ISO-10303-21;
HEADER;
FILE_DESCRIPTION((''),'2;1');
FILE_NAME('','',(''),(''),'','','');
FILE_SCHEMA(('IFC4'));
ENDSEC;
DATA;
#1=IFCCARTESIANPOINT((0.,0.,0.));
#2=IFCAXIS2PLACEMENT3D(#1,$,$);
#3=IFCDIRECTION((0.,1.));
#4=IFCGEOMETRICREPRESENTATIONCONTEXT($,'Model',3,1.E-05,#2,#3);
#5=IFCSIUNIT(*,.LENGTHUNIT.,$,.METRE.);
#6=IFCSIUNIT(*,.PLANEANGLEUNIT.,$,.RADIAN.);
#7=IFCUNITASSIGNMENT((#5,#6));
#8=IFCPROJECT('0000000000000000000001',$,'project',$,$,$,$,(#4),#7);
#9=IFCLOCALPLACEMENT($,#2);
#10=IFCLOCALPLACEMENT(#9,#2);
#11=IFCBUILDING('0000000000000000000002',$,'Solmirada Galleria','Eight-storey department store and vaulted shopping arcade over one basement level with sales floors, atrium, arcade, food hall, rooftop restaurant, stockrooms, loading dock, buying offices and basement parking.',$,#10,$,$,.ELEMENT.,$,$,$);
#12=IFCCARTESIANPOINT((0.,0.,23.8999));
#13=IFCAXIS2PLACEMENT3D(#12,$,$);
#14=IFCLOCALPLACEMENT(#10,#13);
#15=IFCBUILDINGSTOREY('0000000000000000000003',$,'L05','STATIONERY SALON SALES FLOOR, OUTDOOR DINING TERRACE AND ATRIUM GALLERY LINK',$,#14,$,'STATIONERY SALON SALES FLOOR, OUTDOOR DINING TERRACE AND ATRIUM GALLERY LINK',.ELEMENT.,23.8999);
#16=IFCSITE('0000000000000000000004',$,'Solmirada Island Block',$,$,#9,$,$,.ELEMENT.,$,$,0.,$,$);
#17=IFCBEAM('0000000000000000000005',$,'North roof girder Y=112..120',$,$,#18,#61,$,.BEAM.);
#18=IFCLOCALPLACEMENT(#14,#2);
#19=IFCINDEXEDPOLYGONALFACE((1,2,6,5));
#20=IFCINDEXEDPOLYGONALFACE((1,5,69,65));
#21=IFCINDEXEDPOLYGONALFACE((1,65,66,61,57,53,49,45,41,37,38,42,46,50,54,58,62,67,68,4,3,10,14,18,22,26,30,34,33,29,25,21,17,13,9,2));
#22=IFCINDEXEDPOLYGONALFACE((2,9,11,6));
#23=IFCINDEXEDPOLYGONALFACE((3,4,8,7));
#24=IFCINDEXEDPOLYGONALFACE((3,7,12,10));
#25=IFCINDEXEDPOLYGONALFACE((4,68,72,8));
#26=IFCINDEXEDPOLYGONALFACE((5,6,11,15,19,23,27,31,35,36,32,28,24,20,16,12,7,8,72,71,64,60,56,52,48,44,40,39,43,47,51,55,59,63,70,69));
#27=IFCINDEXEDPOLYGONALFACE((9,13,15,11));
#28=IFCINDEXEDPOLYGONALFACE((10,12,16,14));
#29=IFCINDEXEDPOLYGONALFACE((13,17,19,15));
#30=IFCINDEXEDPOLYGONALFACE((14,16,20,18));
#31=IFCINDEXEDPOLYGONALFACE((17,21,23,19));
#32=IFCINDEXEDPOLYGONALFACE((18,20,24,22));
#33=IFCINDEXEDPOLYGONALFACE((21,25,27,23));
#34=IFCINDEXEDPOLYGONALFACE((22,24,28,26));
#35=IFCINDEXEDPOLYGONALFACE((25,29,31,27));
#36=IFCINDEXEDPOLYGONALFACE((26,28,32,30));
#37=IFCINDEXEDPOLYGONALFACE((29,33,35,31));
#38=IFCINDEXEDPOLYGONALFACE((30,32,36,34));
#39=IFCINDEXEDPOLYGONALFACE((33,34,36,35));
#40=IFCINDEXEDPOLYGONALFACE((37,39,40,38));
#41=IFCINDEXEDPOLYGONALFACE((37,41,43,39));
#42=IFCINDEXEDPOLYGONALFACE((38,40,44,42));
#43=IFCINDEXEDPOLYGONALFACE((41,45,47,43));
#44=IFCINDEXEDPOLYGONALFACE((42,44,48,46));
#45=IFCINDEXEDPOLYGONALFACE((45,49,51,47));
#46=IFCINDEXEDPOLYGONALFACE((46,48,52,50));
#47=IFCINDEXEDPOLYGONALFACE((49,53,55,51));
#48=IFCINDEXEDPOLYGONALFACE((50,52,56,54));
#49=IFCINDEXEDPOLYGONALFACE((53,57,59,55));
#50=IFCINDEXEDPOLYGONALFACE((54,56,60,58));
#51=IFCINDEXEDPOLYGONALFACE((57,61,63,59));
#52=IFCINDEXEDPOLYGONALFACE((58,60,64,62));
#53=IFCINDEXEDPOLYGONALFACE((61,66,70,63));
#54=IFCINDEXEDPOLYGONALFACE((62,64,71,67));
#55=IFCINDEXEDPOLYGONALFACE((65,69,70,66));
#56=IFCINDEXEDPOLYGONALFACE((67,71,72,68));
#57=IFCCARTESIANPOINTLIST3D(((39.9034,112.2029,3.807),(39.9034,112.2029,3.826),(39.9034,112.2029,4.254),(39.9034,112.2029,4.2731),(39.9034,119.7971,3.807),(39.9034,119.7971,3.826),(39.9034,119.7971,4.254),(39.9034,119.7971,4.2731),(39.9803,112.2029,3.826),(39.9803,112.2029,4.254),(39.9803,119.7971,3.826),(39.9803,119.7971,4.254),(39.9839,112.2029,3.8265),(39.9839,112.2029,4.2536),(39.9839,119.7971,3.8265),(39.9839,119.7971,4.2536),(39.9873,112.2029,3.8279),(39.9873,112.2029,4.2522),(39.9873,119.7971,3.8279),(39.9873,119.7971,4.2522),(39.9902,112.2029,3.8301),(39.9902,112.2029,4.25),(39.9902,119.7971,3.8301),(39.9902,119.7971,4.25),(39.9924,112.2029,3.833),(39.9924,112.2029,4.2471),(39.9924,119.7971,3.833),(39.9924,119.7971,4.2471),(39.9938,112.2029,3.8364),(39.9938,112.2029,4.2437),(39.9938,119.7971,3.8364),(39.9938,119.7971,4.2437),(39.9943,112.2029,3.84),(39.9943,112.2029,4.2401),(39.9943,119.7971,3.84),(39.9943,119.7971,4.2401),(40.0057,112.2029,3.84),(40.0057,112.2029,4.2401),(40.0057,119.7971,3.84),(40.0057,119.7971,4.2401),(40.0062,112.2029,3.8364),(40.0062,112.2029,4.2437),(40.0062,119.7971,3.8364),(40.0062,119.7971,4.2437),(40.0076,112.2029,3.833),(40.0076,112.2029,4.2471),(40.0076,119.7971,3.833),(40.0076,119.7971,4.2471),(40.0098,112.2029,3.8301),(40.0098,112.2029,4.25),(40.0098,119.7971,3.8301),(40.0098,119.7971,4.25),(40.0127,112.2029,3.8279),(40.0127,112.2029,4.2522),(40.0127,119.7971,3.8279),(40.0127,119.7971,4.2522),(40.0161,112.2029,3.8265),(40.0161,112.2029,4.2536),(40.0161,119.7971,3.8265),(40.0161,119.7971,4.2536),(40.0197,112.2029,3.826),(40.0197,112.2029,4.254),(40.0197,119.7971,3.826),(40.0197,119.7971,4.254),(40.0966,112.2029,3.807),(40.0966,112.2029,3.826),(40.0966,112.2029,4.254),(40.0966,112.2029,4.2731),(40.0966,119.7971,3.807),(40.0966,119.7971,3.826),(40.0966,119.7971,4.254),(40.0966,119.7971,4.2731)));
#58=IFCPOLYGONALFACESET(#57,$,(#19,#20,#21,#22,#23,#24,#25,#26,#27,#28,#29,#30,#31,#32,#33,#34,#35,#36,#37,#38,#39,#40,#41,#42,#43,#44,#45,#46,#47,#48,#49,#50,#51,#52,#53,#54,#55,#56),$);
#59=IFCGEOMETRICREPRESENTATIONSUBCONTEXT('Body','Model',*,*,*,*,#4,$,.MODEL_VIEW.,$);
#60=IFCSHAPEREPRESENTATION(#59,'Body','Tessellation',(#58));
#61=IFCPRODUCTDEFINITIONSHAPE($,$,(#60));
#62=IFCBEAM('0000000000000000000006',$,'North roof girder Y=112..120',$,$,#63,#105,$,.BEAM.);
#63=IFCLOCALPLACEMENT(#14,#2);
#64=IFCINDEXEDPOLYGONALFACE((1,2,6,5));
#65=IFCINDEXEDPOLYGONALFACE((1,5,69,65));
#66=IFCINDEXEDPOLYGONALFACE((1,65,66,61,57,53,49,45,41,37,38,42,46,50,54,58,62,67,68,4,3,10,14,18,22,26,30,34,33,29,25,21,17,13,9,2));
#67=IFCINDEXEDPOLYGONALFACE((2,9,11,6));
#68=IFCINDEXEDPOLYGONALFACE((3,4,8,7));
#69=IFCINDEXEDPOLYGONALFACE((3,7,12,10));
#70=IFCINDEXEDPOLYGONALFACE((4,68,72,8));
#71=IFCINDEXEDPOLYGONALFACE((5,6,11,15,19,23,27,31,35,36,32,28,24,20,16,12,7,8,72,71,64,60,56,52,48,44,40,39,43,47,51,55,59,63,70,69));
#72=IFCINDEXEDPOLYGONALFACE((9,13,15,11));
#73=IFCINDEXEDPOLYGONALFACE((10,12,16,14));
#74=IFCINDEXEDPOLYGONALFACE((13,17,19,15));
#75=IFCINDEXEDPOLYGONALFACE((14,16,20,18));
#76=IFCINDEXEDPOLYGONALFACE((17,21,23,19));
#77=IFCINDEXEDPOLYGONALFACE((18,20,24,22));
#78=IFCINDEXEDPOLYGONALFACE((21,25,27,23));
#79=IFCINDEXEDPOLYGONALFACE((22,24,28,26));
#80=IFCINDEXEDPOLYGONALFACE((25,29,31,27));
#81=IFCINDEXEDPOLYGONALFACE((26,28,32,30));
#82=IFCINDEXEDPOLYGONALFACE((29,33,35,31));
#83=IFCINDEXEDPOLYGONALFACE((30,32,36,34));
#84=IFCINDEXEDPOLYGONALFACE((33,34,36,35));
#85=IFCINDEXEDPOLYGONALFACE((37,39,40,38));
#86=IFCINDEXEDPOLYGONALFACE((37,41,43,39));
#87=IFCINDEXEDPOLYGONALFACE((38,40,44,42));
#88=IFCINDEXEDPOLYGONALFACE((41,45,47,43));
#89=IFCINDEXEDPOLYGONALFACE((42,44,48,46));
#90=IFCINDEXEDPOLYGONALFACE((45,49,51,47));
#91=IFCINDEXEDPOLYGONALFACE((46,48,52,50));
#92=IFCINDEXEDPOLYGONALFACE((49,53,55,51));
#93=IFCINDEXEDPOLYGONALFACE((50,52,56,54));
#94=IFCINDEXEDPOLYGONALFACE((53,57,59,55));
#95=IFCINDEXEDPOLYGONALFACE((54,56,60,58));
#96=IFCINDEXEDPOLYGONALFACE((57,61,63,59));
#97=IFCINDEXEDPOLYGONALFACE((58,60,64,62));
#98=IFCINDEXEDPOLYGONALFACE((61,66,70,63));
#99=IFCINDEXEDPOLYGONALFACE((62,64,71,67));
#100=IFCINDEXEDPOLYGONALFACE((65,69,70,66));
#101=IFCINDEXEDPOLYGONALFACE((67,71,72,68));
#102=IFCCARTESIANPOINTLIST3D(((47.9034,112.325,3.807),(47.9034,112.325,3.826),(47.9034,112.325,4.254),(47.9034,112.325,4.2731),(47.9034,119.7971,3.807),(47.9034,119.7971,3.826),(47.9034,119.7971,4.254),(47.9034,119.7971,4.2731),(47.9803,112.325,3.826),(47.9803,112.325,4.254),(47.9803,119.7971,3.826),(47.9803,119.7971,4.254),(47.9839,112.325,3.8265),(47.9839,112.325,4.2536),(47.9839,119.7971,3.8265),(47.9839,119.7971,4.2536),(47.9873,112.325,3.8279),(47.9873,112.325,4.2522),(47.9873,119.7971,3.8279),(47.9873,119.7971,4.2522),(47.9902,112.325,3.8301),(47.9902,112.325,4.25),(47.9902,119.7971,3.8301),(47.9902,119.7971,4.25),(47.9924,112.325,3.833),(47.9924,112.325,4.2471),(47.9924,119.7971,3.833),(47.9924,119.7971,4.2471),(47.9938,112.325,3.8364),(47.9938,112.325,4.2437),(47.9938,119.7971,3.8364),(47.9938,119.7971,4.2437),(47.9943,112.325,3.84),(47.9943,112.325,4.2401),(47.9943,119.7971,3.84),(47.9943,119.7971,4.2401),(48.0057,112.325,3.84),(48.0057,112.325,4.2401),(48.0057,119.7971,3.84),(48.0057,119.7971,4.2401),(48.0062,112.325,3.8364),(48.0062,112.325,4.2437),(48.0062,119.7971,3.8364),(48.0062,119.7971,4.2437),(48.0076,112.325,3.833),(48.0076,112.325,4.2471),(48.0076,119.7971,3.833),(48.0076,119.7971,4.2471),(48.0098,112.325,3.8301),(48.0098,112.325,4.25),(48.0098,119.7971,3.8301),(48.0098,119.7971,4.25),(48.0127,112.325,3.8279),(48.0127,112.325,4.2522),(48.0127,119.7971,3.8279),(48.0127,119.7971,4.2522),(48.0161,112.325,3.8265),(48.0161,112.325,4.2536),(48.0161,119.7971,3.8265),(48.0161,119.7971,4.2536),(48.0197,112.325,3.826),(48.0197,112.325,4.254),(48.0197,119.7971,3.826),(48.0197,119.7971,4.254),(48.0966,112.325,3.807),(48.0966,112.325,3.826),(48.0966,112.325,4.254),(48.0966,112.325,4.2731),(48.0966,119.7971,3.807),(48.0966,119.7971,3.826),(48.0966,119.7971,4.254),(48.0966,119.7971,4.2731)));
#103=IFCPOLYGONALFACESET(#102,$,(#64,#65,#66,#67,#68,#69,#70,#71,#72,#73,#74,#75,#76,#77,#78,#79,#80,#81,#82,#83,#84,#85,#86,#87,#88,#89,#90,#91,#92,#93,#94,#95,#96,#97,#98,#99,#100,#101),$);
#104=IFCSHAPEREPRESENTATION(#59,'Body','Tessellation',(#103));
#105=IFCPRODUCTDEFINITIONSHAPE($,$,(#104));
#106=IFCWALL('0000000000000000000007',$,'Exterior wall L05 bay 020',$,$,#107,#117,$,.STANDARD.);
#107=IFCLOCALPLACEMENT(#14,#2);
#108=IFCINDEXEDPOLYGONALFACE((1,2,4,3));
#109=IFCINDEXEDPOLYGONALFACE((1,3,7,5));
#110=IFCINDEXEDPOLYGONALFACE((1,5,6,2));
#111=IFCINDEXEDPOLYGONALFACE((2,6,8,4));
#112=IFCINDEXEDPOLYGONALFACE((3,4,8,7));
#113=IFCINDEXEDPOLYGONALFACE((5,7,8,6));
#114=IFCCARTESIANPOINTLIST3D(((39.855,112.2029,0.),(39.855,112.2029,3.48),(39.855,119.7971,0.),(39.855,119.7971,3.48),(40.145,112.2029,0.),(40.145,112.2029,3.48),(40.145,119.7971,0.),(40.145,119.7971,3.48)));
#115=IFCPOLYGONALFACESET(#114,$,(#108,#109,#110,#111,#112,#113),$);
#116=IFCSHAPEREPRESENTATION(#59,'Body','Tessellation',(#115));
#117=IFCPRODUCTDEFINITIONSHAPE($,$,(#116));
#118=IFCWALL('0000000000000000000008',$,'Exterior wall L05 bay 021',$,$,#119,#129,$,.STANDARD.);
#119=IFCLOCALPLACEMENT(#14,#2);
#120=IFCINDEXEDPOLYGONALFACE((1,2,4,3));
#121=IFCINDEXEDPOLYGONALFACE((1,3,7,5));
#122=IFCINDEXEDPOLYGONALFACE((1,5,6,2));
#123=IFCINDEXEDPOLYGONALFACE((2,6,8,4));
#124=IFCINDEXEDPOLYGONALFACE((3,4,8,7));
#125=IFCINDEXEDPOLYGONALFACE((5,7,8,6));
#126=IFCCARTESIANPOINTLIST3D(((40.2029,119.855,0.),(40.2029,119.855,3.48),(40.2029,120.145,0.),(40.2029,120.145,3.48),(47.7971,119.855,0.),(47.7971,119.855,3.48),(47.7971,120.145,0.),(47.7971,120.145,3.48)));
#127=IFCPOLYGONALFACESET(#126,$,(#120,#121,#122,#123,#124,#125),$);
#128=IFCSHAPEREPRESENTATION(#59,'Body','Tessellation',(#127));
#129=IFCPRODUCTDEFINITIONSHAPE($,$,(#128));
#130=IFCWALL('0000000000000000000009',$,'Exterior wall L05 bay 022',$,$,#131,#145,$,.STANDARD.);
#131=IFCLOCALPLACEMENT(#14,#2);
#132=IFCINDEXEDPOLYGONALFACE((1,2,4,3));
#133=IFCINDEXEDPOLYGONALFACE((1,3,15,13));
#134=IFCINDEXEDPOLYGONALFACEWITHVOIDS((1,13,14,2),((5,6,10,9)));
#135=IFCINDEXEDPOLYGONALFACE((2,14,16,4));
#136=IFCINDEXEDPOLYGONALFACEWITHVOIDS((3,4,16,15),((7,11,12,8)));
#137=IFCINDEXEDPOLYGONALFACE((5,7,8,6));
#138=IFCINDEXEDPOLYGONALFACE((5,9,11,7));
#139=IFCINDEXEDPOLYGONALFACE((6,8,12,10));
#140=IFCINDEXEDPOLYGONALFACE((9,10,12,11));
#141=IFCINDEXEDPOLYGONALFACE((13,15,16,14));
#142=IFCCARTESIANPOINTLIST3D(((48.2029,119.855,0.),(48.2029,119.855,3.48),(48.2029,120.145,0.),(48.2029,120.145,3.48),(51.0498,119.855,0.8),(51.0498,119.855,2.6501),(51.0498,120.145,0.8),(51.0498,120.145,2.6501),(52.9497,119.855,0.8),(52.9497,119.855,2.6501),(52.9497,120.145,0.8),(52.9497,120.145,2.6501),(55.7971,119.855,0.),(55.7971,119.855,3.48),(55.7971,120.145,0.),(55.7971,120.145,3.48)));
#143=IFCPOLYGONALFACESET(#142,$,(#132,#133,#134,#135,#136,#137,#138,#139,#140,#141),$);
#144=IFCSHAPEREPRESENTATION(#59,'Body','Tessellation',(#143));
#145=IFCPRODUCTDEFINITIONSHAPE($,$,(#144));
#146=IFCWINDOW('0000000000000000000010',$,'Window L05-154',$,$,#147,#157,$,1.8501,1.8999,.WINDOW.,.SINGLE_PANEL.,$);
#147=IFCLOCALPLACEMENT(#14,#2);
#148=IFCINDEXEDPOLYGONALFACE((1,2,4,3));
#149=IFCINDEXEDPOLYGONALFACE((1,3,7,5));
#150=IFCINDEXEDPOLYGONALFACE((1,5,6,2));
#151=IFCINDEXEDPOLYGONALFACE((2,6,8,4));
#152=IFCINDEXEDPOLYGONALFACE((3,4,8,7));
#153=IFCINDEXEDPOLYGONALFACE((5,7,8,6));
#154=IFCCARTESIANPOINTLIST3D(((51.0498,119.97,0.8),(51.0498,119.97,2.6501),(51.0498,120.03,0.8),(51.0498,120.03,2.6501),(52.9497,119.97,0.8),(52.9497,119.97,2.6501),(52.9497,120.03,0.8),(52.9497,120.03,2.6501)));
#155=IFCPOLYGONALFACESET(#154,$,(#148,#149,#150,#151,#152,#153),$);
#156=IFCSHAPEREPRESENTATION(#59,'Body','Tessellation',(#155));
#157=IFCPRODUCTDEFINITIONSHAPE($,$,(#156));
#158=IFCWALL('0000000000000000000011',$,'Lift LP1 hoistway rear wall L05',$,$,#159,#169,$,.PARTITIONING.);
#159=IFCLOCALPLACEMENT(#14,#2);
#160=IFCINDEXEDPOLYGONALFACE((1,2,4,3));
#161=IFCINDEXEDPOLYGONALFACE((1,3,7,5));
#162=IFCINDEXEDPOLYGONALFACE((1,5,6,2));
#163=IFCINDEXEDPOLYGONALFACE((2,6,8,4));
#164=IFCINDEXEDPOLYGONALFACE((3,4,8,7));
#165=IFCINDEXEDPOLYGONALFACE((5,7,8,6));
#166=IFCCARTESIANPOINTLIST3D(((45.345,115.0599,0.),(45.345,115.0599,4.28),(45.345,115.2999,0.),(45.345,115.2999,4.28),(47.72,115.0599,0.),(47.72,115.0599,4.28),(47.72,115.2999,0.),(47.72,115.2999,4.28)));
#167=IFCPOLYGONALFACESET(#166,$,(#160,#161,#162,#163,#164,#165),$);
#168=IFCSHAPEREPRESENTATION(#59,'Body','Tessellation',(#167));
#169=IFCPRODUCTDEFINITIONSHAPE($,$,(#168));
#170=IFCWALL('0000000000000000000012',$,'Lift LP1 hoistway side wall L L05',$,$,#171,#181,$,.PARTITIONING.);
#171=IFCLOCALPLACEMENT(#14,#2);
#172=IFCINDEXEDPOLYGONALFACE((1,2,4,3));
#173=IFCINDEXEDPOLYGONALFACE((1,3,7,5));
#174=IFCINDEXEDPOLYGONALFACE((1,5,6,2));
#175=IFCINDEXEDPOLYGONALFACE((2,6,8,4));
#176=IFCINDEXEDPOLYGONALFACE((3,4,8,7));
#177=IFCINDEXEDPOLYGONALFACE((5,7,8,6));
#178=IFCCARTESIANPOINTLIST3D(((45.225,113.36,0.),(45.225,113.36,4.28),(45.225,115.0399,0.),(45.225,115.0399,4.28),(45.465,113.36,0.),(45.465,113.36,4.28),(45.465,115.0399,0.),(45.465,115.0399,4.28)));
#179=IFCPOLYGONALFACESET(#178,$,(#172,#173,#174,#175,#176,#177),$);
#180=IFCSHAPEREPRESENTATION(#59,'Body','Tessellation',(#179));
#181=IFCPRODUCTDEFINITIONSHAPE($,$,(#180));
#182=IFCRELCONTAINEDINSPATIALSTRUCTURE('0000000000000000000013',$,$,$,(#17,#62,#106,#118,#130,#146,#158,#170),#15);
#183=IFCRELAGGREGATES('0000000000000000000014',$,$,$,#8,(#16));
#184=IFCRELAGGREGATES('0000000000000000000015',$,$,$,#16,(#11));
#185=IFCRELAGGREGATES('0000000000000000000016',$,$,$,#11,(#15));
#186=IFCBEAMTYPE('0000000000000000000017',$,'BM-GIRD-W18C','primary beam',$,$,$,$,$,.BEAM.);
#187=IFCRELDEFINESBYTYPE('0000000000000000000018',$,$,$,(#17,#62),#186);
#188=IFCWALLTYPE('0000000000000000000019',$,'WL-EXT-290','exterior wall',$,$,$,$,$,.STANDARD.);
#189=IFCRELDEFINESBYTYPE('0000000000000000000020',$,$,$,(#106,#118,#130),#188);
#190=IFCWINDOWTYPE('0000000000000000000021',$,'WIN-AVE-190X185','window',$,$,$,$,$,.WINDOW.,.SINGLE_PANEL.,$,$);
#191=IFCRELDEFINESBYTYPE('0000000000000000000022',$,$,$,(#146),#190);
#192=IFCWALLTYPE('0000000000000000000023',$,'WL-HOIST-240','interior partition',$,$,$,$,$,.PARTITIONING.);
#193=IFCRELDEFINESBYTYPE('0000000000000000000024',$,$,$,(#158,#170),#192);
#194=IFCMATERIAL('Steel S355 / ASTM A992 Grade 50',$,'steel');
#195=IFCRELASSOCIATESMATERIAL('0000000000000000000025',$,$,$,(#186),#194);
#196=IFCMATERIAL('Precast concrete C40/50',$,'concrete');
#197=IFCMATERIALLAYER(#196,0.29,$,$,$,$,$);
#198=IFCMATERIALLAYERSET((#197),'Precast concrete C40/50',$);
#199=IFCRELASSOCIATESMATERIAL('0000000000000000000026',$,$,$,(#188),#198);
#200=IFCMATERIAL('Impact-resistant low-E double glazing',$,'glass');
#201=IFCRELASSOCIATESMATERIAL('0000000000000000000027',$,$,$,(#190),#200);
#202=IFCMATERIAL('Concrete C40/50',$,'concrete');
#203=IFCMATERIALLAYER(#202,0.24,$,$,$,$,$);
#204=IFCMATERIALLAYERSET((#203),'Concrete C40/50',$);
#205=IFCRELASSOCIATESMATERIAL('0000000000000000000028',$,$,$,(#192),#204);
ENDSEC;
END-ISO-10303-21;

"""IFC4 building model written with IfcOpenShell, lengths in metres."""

from ifc_helpers import new_model, si_unit, direction, frame, frame_2d, origin, origin_2d, place, context, subcontext, project, spatial, rectangle, i_section, extrude, material, layer, layer_set, material_profile, profile_set, type_object, element, fill, save


model = new_model("IFC4")

# Units and contexts
model_context = context("Model", 3, precision=1e-05, world=origin(), true_north=direction((0.0, 1.0)))
body_context = subcontext(model_context, "Body", "Model", "MODEL_VIEW")
ifc_project = project(units=[si_unit("LENGTHUNIT", "METRE"), si_unit("PLANEANGLEUNIT", "RADIAN")], contexts=[model_context])

# Site, building, storey
site_placement = place(None, origin())
site = spatial("IfcSite", under=ifc_project, at=site_placement, Name="Solmirada Island Block", CompositionType="ELEMENT", RefElevation=0.0)
building_placement = place(site_placement, origin())
building = spatial("IfcBuilding", under=site, at=building_placement, Name="Solmirada Galleria", Description="Eight-storey department store and vaulted shopping arcade over one basement level with sales floors, atrium, arcade, food hall, rooftop restaurant, stockrooms, loading dock, buying offices and basement parking.", CompositionType="ELEMENT")
storey_placement = place(building_placement, frame((0.0, 0.0, 23.8999)))
storey = spatial("IfcBuildingStorey", under=building, at=storey_placement, Name="L05", Description="STATIONERY SALON SALES FLOOR, OUTDOOR DINING TERRACE AND ATRIUM GALLERY LINK", LongName="STATIONERY SALON SALES FLOOR, OUTDOOR DINING TERRACE AND ATRIUM GALLERY LINK", CompositionType="ELEMENT", Elevation=23.8999)

# Shared definitions
ifc_material_1 = material(Name="Concrete C40/50", Category="concrete")

# Beams
ifc_material_2 = material(Name="Steel S355 / ASTM A992 Grade 50", Category="steel")
ifc_material_profile_1 = material_profile(ifc_material_2, i_section(OverallWidth=0.1931, OverallDepth=0.4661, WebThickness=0.0115, FlangeThickness=0.019, FilletRadius=0.0139, at=origin_2d()), Name="W18X65")
ifc_profile_set_1 = profile_set([ifc_material_profile_1], Name="Steel S355 / ASTM A992 Grade 50")
beam_type = type_object("IfcBeamType", Name="BM-GIRD-W18C", Description="primary beam", PredefinedType="BEAM", material=ifc_profile_set_1)
for number, where, z_axis, x_axis, name in (
    (1, (40.0, 112.2029, 4.04), (0.0, 1.0, 0.0), (-1.0, 0.0, 0.0), "North roof girder Y=112..120"),
):
    element("IfcBeam", number, at=place(storey_placement, frame(where, z_axis=z_axis, x_axis=x_axis)), inside=storey, type_object=beam_type, Name=name, PredefinedType="BEAM", context=body_context, shape_type="SweptSolid", body=[
        extrude(i_section(OverallWidth=0.1931, OverallDepth=0.4661, WebThickness=0.0115, FlangeThickness=0.019, FilletRadius=0.0139, at=origin_2d()), origin(), (0.0, 0.0, 1.0), 7.5942),
    ])
beam_1_placement = place(storey_placement, frame((48.0, 112.325, 4.04), z_axis=(0.0, 1.0, 0.0), x_axis=(-1.0, 0.0, 0.0)))
element("IfcBeam", 2, at=beam_1_placement, inside=storey, type_object=beam_type, Name="North roof girder Y=112..120", PredefinedType="BEAM", context=body_context, shape_type="SweptSolid", body=[
    extrude(i_section(OverallWidth=0.1931, OverallDepth=0.4661, WebThickness=0.0115, FlangeThickness=0.019, FilletRadius=0.0139, at=origin_2d()), origin(), (0.0, 0.0, 1.0), 7.4722),
])

# Walls
ifc_material_3 = material(Name="Precast concrete C40/50", Category="concrete")
ifc_layer_1 = layer(ifc_material_3, 0.29)
ifc_layer_set_1 = layer_set([ifc_layer_1], Name="Precast concrete C40/50")
wall_type_1 = type_object("IfcWallType", Name="WL-EXT-290", Description="exterior wall", PredefinedType="STANDARD", material=ifc_layer_set_1)
for number, where, z_axis, x_axis, name in (
    (3, (40.0, 112.2029, 0.0), (0.0, 0.0, 1.0), (0.0, 1.0, 0.0), "Exterior wall L05 bay 020"),
    (4, (40.2029, 120.0, 0.0), (0.0, 0.0, 1.0), (1.0, 0.0, 0.0), "Exterior wall L05 bay 021"),
):
    element("IfcWall", number, at=place(storey_placement, frame(where, z_axis=z_axis, x_axis=x_axis)), inside=storey, type_object=wall_type_1, Name=name, PredefinedType="STANDARD", context=body_context, shape_type="SweptSolid", body=[
        extrude(rectangle(XDim=7.5942, YDim=0.29, at=frame_2d((3.7971, 0.0))), origin(), (0.0, 0.0, 1.0), 3.48),
    ])

# Wall, opening, window
wall_1_placement = place(storey_placement, frame((48.2029, 120.0, 0.0), z_axis=(0.0, 0.0, 1.0), x_axis=(1.0, 0.0, 0.0)))
wall_1 = element("IfcWall", 5, at=wall_1_placement, inside=storey, type_object=wall_type_1, Name="Exterior wall L05 bay 022", PredefinedType="STANDARD", context=body_context, shape_type="SweptSolid", body=[
    extrude(rectangle(XDim=7.5942, YDim=0.29, at=frame_2d((3.7971, 0.0))), origin(), (0.0, 0.0, 1.0), 3.48),
])
opening_1_placement = place(wall_1_placement, frame((2.8469, 0.0, 0.8)))
opening_1 = element("IfcOpeningElement", 6, at=opening_1_placement, cuts=wall_1, PredefinedType="OPENING", context=body_context, shape_type="SweptSolid", body=[
    extrude(rectangle(XDim=1.8999, YDim=1.8501, at=frame_2d((0.95, 0.925))), frame((0.0, 0.155, 0.0), z_axis=(0.0, -1.0, 0.0), x_axis=(1.0, 0.0, 0.0)), (0.0, 0.0, 1.0), 0.3101),
])
ifc_material_4 = material(Name="Impact-resistant low-E double glazing", Category="glass")
window_type = type_object("IfcWindowType", Name="WIN-AVE-190X185", Description="window", PartitioningType="SINGLE_PANEL", PredefinedType="WINDOW", material=ifc_material_4)
window_placement = place(opening_1_placement, origin())
window = element("IfcWindow", 7, at=window_placement, inside=storey, type_object=window_type, Name="Window L05-154", OverallHeight=1.8501, OverallWidth=1.8999, PartitioningType="SINGLE_PANEL", PredefinedType="WINDOW", context=body_context, shape_type="SweptSolid", body=[
    extrude(rectangle(XDim=1.8999, YDim=1.8501, at=frame_2d((0.95, 0.925))), frame((0.0, 0.03, 0.0), z_axis=(0.0, -1.0, 0.0), x_axis=(1.0, 0.0, 0.0)), (0.0, 0.0, 1.0), 0.0601),
])
fill(opening_1, window)

# Shared definitions
ifc_layer_2 = layer(ifc_material_1, 0.24)
ifc_layer_set_2 = layer_set([ifc_layer_2], Name="Concrete C40/50")
wall_type_2 = type_object("IfcWallType", Name="WL-HOIST-240", Description="interior partition", PredefinedType="PARTITIONING", material=ifc_layer_set_2)

# Walls
wall_2_placement = place(storey_placement, frame((45.345, 115.1799, 0.0), z_axis=(0.0, 0.0, 1.0), x_axis=(1.0, 0.0, 0.0)))
element("IfcWall", 8, at=wall_2_placement, inside=storey, type_object=wall_type_2, Name="Lift LP1 hoistway rear wall L05", PredefinedType="PARTITIONING", context=body_context, shape_type="SweptSolid", body=[
    extrude(rectangle(XDim=2.375, YDim=0.24, at=frame_2d((1.1875, 0.0))), origin(), (0.0, 0.0, 1.0), 4.28),
])
wall_3_placement = place(storey_placement, frame((45.345, 113.3601, 0.0), z_axis=(0.0, 0.0, 1.0), x_axis=(0.0, 1.0, 0.0)))
element("IfcWall", 9, at=wall_3_placement, inside=storey, type_object=wall_type_2, Name="Lift LP1 hoistway side wall L L05", PredefinedType="PARTITIONING", context=body_context, shape_type="SweptSolid", body=[
    extrude(rectangle(XDim=1.6799, YDim=0.24, at=frame_2d((0.8398, 0.0))), origin(), (0.0, 0.0, 1.0), 4.28),
])

save(model, "model.ifc")
